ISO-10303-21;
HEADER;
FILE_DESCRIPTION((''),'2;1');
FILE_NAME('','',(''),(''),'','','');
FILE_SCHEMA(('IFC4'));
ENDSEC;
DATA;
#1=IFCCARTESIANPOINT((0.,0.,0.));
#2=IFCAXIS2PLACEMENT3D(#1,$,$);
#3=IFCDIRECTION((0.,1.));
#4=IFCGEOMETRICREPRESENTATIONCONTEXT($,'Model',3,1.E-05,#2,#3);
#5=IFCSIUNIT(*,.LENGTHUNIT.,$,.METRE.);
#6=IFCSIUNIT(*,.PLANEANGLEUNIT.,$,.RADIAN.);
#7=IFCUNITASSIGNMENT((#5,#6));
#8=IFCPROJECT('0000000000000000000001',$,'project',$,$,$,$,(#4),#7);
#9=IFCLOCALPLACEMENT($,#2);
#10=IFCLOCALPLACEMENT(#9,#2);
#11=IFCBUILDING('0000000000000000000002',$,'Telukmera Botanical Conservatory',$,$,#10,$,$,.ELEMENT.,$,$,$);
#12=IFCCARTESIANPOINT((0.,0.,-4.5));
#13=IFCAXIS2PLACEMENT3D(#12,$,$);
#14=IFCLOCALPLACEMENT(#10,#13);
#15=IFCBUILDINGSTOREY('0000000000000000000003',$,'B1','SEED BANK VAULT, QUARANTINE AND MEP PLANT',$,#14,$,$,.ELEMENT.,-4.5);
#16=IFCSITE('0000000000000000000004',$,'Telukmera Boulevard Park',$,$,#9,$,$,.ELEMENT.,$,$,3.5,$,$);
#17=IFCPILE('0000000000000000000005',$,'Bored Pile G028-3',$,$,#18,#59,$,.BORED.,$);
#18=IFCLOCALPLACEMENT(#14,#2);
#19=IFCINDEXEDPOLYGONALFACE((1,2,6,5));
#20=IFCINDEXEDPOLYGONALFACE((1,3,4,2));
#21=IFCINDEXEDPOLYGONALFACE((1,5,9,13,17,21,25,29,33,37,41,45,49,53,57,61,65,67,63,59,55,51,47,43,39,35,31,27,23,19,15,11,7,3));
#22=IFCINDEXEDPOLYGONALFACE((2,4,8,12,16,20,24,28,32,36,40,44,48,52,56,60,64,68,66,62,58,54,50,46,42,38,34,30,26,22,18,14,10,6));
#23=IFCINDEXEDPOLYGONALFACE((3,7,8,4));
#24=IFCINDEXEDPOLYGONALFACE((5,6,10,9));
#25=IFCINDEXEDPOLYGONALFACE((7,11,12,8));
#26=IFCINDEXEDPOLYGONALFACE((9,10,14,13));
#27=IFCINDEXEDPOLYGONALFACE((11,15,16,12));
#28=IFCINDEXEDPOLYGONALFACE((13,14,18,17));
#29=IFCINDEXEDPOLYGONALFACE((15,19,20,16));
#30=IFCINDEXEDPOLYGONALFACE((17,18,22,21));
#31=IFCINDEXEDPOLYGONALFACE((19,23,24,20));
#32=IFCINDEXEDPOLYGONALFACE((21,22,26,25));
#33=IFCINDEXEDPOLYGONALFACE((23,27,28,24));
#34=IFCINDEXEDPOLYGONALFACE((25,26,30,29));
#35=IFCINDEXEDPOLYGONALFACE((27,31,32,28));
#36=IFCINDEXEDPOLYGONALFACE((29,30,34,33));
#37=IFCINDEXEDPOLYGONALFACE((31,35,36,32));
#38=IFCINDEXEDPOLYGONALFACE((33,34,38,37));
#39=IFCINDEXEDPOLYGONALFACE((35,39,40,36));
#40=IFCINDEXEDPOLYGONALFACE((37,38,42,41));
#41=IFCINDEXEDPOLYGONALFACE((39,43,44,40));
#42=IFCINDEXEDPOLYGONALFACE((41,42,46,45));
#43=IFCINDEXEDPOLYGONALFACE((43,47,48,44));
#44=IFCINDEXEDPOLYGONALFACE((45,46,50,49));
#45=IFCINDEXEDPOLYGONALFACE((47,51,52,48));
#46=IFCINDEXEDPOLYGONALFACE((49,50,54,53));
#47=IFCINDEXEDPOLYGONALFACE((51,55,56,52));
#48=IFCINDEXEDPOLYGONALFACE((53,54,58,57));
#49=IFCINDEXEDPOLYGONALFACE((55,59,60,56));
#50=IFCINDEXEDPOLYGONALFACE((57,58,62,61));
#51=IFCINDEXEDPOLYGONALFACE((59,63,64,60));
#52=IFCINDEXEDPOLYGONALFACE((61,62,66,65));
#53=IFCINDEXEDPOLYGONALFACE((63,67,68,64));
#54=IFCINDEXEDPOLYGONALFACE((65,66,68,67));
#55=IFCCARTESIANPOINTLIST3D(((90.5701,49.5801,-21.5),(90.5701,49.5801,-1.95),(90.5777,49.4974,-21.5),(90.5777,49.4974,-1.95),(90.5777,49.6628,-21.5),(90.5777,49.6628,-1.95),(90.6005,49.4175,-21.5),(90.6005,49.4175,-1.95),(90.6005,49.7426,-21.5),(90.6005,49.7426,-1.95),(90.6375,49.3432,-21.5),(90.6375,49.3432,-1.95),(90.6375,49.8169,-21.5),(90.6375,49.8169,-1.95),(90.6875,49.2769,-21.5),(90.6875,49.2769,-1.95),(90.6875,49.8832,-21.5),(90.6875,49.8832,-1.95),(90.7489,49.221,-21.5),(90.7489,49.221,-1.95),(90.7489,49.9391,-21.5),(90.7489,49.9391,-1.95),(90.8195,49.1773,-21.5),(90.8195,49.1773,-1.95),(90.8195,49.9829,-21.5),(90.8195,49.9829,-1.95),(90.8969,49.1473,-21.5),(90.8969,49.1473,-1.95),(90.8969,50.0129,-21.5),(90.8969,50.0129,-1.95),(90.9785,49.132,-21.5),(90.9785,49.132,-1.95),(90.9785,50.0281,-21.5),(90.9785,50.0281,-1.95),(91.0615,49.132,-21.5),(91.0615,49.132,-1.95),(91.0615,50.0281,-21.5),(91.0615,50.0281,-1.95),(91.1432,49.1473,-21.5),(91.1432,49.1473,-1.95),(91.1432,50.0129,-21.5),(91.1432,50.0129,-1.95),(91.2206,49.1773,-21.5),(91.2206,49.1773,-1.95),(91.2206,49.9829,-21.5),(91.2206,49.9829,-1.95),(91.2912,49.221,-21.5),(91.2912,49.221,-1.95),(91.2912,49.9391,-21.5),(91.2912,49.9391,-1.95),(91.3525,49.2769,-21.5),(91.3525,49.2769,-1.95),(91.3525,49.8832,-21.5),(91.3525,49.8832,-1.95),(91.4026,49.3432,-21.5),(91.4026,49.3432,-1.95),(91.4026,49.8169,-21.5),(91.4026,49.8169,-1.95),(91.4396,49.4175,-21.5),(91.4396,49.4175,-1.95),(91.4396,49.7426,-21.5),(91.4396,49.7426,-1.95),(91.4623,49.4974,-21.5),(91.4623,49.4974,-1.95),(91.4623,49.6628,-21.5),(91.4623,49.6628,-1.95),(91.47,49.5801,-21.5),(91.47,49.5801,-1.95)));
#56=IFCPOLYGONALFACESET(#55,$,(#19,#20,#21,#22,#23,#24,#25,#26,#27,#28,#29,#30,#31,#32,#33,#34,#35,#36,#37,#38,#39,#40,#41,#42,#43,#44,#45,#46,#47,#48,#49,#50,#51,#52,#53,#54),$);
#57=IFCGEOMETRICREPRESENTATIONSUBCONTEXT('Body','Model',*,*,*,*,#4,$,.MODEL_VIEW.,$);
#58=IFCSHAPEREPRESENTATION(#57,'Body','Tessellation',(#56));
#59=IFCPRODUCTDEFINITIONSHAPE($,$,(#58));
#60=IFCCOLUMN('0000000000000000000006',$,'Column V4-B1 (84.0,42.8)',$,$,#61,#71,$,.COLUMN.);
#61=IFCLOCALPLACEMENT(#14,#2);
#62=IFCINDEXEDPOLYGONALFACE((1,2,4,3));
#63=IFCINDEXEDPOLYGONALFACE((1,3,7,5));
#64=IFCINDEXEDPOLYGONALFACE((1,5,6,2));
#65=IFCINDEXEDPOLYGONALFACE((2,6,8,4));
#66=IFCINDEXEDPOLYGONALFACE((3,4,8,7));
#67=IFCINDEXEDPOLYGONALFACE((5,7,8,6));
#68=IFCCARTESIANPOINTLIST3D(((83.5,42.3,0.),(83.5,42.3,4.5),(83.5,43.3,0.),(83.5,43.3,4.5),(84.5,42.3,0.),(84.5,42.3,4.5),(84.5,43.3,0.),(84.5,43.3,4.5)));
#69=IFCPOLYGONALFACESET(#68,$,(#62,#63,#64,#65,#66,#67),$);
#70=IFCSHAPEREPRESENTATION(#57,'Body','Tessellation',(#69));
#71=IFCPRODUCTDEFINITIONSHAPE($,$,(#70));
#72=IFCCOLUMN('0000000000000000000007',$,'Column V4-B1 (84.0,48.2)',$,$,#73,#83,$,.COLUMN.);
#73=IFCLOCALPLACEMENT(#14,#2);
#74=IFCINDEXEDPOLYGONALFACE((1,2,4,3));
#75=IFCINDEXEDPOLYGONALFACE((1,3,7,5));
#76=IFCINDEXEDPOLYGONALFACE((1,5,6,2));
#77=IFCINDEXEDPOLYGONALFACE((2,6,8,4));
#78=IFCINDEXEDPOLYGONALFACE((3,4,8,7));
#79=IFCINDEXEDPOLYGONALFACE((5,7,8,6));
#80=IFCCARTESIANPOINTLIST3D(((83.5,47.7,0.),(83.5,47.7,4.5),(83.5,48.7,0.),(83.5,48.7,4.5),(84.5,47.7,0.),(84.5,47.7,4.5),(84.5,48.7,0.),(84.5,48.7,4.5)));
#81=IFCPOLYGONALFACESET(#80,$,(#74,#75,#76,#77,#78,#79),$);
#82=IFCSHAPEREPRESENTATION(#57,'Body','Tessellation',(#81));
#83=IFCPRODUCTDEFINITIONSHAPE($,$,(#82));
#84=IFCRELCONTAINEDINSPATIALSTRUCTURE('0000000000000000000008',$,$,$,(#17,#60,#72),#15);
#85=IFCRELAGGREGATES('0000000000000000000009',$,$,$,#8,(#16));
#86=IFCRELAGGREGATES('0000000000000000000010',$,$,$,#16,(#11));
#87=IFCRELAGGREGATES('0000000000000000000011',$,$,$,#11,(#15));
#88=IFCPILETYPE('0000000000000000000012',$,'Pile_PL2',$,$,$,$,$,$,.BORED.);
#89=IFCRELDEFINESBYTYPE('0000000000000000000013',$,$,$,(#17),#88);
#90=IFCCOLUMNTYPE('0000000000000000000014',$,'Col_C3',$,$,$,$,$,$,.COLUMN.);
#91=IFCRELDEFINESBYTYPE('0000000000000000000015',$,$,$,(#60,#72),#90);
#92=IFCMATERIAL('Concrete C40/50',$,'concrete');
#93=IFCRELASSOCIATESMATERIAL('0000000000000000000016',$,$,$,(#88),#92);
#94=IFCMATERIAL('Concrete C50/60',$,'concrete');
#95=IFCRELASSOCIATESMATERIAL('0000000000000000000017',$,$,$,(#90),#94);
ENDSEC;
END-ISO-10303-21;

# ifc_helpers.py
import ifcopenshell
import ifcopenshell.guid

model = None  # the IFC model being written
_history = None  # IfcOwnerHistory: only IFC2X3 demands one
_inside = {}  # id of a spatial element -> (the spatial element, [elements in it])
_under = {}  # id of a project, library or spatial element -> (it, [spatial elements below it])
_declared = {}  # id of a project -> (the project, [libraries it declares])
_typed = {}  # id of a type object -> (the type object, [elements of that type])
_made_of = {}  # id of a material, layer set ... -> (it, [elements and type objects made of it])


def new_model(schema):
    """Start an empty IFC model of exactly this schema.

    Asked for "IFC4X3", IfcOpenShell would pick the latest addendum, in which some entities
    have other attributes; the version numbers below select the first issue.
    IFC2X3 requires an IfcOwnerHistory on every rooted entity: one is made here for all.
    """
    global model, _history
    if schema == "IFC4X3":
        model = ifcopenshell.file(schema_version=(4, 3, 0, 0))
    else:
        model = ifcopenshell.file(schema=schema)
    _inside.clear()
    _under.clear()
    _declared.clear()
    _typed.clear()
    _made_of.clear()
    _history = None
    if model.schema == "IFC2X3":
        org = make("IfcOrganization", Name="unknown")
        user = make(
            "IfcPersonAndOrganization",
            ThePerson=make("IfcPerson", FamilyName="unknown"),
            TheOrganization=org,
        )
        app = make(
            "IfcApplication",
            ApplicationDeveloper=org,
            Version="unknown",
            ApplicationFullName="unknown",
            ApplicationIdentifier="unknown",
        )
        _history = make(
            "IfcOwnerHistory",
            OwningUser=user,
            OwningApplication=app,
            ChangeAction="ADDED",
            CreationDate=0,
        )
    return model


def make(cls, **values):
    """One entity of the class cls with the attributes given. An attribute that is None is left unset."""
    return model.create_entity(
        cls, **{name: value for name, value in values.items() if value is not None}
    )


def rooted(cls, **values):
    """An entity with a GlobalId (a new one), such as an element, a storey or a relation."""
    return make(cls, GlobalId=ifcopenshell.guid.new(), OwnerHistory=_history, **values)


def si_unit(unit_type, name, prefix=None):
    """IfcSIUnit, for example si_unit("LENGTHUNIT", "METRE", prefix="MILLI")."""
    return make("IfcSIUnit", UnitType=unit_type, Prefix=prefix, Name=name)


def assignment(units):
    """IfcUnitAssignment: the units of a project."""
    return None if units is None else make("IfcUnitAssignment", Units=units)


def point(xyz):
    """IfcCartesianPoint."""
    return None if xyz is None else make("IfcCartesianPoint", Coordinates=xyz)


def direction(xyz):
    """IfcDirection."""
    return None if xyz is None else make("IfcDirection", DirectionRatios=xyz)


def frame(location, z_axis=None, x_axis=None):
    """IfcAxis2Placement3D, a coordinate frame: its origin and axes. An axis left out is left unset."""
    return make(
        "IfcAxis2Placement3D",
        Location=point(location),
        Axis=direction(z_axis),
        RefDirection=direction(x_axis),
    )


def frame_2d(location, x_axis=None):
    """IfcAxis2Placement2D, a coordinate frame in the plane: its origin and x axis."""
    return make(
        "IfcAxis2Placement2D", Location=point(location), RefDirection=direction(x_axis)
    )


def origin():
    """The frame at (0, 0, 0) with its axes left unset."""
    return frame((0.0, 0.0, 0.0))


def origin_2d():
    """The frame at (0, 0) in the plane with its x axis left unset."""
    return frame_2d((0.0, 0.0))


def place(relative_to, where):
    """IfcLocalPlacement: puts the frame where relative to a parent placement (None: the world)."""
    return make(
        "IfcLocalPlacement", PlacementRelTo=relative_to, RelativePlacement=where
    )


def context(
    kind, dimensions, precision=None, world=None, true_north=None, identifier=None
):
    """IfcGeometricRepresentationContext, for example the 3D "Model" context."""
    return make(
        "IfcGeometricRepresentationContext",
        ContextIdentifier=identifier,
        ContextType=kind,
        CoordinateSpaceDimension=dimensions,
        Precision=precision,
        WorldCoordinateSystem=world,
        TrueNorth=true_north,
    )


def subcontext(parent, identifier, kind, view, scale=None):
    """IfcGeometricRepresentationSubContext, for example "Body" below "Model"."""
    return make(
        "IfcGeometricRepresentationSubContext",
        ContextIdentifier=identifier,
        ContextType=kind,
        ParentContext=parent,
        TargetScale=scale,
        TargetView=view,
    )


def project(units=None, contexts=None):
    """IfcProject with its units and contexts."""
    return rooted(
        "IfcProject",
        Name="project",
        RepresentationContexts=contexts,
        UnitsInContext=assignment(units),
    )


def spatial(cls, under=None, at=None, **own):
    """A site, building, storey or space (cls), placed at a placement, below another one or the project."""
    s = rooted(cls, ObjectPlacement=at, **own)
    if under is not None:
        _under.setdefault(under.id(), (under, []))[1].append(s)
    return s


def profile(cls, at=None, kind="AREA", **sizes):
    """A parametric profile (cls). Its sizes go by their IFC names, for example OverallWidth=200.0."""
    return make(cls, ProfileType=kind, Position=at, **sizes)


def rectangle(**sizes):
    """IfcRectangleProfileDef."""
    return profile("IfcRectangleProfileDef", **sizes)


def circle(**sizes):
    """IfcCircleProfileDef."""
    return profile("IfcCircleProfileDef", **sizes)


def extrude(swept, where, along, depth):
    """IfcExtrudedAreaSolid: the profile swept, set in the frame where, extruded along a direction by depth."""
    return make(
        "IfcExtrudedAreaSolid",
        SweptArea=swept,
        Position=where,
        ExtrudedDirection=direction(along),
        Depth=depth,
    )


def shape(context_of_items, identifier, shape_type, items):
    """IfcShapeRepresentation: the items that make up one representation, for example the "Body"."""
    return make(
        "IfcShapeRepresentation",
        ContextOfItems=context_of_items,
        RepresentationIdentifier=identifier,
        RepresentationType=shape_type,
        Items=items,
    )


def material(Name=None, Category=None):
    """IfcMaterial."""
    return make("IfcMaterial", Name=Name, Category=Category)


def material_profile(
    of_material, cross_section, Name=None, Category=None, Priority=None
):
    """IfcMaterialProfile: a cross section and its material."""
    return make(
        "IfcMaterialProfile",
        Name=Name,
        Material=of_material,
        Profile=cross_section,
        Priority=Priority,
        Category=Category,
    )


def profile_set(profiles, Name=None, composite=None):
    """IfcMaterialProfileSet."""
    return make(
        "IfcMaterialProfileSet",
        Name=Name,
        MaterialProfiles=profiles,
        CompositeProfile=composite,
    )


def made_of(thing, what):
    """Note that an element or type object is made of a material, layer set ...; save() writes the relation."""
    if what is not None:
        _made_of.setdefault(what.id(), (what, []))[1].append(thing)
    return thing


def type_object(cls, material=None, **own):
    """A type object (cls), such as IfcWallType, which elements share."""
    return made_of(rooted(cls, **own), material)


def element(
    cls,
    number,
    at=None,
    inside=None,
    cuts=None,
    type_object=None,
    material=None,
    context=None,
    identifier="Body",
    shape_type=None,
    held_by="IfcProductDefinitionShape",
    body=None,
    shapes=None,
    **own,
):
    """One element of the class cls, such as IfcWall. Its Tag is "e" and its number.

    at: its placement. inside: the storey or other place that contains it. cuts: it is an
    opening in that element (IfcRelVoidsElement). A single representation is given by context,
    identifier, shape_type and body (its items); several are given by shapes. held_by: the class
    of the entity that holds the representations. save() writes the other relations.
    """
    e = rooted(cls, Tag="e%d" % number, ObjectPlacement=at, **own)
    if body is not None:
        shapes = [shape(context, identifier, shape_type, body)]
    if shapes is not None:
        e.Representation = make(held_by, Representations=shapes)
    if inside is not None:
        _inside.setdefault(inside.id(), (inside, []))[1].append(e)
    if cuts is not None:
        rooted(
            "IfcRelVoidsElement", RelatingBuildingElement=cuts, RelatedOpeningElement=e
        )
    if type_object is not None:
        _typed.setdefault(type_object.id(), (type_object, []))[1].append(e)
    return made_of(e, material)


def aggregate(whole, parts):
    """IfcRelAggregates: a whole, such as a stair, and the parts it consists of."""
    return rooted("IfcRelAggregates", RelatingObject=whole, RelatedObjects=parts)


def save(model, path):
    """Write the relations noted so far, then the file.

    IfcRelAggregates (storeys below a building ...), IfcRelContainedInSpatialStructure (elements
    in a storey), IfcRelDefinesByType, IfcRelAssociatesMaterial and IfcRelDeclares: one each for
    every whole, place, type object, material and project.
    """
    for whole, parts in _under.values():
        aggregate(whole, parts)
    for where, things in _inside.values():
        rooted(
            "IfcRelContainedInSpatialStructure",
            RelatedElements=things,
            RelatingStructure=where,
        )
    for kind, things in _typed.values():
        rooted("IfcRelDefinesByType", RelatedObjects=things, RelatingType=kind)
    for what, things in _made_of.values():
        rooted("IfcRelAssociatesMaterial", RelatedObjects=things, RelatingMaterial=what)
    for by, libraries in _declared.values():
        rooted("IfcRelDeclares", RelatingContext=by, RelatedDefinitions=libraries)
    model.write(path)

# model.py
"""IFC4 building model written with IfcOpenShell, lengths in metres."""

from ifc_helpers import new_model, si_unit, direction, frame, origin, origin_2d, place, context, subcontext, project, spatial, rectangle, circle, extrude, material, material_profile, profile_set, type_object, element, save


model = new_model("IFC4")

# Units and contexts
model_context = context("Model", 3, precision=1e-05, world=origin(), true_north=direction((0.0, 1.0)))
body_context = subcontext(model_context, "Body", "Model", "MODEL_VIEW")
ifc_project = project(units=[si_unit("LENGTHUNIT", "METRE"), si_unit("PLANEANGLEUNIT", "RADIAN")], contexts=[model_context])

# Site, building, storey
site_placement = place(None, origin())
site = spatial("IfcSite", under=ifc_project, at=site_placement, Name="Telukmera Boulevard Park", CompositionType="ELEMENT", RefElevation=3.5)
building_placement = place(site_placement, origin())
building = spatial("IfcBuilding", under=site, at=building_placement, Name="Telukmera Botanical Conservatory", CompositionType="ELEMENT")
storey_placement = place(building_placement, frame((0.0, 0.0, -4.5)))
storey = spatial("IfcBuildingStorey", under=building, at=storey_placement, Name="B1", Description="SEED BANK VAULT, QUARANTINE AND MEP PLANT", CompositionType="ELEMENT", Elevation=-4.5)

# Shared definitions
ifc_material_1 = material(Name="Concrete C50/60", Category="concrete")
ifc_material_2 = material(Name="Concrete C40/50", Category="concrete")

# Pile
ifc_material_profile_1 = material_profile(ifc_material_2, circle(Radius=0.45, at=origin_2d()), Name="PILE D900")
ifc_profile_set_1 = profile_set([ifc_material_profile_1], Name="Concrete C40/50")
pile_type = type_object("IfcPileType", Name="Pile_PL2", PredefinedType="BORED", material=ifc_profile_set_1)
for number, where, z_axis, x_axis, name in (
    (1, (91.02, 49.5801, -1.95), (0.0, 0.0, -1.0), (1.0, 0.0, 0.0), "Bored Pile G028-3"),
):
    element("IfcPile", number, at=place(storey_placement, frame(where, z_axis=z_axis, x_axis=x_axis)), inside=storey, type_object=pile_type, Name=name, PredefinedType="BORED", context=body_context, shape_type="SweptSolid", body=[
        extrude(circle(Radius=0.45, at=origin_2d()), origin(), (0.0, 0.0, 1.0), 19.55),
    ])

# Columns
ifc_material_profile_2 = material_profile(ifc_material_1, rectangle(XDim=1.0, YDim=1.0, at=origin_2d()), Name="RC 1000x1000")
ifc_profile_set_2 = profile_set([ifc_material_profile_2], Name="Concrete C50/60")
column_type = type_object("IfcColumnType", Name="Col_C3", PredefinedType="COLUMN", material=ifc_profile_set_2)
for number, where, z_axis, x_axis, name in (
    (2, (84.0, 42.8, 0.0), (0.0, 0.0, 1.0), (1.0, 0.0, 0.0), "Column V4-B1 (84.0,42.8)"),
    (3, (84.0, 48.2, 0.0), (0.0, 0.0, 1.0), (1.0, 0.0, 0.0), "Column V4-B1 (84.0,48.2)"),
):
    element("IfcColumn", number, at=place(storey_placement, frame(where, z_axis=z_axis, x_axis=x_axis)), inside=storey, type_object=column_type, Name=name, PredefinedType="COLUMN", context=body_context, shape_type="SweptSolid", body=[
        extrude(rectangle(XDim=1.0, YDim=1.0, at=origin_2d()), origin(), (0.0, 0.0, 1.0), 4.5),
    ])

save(model, "model.ifc")
